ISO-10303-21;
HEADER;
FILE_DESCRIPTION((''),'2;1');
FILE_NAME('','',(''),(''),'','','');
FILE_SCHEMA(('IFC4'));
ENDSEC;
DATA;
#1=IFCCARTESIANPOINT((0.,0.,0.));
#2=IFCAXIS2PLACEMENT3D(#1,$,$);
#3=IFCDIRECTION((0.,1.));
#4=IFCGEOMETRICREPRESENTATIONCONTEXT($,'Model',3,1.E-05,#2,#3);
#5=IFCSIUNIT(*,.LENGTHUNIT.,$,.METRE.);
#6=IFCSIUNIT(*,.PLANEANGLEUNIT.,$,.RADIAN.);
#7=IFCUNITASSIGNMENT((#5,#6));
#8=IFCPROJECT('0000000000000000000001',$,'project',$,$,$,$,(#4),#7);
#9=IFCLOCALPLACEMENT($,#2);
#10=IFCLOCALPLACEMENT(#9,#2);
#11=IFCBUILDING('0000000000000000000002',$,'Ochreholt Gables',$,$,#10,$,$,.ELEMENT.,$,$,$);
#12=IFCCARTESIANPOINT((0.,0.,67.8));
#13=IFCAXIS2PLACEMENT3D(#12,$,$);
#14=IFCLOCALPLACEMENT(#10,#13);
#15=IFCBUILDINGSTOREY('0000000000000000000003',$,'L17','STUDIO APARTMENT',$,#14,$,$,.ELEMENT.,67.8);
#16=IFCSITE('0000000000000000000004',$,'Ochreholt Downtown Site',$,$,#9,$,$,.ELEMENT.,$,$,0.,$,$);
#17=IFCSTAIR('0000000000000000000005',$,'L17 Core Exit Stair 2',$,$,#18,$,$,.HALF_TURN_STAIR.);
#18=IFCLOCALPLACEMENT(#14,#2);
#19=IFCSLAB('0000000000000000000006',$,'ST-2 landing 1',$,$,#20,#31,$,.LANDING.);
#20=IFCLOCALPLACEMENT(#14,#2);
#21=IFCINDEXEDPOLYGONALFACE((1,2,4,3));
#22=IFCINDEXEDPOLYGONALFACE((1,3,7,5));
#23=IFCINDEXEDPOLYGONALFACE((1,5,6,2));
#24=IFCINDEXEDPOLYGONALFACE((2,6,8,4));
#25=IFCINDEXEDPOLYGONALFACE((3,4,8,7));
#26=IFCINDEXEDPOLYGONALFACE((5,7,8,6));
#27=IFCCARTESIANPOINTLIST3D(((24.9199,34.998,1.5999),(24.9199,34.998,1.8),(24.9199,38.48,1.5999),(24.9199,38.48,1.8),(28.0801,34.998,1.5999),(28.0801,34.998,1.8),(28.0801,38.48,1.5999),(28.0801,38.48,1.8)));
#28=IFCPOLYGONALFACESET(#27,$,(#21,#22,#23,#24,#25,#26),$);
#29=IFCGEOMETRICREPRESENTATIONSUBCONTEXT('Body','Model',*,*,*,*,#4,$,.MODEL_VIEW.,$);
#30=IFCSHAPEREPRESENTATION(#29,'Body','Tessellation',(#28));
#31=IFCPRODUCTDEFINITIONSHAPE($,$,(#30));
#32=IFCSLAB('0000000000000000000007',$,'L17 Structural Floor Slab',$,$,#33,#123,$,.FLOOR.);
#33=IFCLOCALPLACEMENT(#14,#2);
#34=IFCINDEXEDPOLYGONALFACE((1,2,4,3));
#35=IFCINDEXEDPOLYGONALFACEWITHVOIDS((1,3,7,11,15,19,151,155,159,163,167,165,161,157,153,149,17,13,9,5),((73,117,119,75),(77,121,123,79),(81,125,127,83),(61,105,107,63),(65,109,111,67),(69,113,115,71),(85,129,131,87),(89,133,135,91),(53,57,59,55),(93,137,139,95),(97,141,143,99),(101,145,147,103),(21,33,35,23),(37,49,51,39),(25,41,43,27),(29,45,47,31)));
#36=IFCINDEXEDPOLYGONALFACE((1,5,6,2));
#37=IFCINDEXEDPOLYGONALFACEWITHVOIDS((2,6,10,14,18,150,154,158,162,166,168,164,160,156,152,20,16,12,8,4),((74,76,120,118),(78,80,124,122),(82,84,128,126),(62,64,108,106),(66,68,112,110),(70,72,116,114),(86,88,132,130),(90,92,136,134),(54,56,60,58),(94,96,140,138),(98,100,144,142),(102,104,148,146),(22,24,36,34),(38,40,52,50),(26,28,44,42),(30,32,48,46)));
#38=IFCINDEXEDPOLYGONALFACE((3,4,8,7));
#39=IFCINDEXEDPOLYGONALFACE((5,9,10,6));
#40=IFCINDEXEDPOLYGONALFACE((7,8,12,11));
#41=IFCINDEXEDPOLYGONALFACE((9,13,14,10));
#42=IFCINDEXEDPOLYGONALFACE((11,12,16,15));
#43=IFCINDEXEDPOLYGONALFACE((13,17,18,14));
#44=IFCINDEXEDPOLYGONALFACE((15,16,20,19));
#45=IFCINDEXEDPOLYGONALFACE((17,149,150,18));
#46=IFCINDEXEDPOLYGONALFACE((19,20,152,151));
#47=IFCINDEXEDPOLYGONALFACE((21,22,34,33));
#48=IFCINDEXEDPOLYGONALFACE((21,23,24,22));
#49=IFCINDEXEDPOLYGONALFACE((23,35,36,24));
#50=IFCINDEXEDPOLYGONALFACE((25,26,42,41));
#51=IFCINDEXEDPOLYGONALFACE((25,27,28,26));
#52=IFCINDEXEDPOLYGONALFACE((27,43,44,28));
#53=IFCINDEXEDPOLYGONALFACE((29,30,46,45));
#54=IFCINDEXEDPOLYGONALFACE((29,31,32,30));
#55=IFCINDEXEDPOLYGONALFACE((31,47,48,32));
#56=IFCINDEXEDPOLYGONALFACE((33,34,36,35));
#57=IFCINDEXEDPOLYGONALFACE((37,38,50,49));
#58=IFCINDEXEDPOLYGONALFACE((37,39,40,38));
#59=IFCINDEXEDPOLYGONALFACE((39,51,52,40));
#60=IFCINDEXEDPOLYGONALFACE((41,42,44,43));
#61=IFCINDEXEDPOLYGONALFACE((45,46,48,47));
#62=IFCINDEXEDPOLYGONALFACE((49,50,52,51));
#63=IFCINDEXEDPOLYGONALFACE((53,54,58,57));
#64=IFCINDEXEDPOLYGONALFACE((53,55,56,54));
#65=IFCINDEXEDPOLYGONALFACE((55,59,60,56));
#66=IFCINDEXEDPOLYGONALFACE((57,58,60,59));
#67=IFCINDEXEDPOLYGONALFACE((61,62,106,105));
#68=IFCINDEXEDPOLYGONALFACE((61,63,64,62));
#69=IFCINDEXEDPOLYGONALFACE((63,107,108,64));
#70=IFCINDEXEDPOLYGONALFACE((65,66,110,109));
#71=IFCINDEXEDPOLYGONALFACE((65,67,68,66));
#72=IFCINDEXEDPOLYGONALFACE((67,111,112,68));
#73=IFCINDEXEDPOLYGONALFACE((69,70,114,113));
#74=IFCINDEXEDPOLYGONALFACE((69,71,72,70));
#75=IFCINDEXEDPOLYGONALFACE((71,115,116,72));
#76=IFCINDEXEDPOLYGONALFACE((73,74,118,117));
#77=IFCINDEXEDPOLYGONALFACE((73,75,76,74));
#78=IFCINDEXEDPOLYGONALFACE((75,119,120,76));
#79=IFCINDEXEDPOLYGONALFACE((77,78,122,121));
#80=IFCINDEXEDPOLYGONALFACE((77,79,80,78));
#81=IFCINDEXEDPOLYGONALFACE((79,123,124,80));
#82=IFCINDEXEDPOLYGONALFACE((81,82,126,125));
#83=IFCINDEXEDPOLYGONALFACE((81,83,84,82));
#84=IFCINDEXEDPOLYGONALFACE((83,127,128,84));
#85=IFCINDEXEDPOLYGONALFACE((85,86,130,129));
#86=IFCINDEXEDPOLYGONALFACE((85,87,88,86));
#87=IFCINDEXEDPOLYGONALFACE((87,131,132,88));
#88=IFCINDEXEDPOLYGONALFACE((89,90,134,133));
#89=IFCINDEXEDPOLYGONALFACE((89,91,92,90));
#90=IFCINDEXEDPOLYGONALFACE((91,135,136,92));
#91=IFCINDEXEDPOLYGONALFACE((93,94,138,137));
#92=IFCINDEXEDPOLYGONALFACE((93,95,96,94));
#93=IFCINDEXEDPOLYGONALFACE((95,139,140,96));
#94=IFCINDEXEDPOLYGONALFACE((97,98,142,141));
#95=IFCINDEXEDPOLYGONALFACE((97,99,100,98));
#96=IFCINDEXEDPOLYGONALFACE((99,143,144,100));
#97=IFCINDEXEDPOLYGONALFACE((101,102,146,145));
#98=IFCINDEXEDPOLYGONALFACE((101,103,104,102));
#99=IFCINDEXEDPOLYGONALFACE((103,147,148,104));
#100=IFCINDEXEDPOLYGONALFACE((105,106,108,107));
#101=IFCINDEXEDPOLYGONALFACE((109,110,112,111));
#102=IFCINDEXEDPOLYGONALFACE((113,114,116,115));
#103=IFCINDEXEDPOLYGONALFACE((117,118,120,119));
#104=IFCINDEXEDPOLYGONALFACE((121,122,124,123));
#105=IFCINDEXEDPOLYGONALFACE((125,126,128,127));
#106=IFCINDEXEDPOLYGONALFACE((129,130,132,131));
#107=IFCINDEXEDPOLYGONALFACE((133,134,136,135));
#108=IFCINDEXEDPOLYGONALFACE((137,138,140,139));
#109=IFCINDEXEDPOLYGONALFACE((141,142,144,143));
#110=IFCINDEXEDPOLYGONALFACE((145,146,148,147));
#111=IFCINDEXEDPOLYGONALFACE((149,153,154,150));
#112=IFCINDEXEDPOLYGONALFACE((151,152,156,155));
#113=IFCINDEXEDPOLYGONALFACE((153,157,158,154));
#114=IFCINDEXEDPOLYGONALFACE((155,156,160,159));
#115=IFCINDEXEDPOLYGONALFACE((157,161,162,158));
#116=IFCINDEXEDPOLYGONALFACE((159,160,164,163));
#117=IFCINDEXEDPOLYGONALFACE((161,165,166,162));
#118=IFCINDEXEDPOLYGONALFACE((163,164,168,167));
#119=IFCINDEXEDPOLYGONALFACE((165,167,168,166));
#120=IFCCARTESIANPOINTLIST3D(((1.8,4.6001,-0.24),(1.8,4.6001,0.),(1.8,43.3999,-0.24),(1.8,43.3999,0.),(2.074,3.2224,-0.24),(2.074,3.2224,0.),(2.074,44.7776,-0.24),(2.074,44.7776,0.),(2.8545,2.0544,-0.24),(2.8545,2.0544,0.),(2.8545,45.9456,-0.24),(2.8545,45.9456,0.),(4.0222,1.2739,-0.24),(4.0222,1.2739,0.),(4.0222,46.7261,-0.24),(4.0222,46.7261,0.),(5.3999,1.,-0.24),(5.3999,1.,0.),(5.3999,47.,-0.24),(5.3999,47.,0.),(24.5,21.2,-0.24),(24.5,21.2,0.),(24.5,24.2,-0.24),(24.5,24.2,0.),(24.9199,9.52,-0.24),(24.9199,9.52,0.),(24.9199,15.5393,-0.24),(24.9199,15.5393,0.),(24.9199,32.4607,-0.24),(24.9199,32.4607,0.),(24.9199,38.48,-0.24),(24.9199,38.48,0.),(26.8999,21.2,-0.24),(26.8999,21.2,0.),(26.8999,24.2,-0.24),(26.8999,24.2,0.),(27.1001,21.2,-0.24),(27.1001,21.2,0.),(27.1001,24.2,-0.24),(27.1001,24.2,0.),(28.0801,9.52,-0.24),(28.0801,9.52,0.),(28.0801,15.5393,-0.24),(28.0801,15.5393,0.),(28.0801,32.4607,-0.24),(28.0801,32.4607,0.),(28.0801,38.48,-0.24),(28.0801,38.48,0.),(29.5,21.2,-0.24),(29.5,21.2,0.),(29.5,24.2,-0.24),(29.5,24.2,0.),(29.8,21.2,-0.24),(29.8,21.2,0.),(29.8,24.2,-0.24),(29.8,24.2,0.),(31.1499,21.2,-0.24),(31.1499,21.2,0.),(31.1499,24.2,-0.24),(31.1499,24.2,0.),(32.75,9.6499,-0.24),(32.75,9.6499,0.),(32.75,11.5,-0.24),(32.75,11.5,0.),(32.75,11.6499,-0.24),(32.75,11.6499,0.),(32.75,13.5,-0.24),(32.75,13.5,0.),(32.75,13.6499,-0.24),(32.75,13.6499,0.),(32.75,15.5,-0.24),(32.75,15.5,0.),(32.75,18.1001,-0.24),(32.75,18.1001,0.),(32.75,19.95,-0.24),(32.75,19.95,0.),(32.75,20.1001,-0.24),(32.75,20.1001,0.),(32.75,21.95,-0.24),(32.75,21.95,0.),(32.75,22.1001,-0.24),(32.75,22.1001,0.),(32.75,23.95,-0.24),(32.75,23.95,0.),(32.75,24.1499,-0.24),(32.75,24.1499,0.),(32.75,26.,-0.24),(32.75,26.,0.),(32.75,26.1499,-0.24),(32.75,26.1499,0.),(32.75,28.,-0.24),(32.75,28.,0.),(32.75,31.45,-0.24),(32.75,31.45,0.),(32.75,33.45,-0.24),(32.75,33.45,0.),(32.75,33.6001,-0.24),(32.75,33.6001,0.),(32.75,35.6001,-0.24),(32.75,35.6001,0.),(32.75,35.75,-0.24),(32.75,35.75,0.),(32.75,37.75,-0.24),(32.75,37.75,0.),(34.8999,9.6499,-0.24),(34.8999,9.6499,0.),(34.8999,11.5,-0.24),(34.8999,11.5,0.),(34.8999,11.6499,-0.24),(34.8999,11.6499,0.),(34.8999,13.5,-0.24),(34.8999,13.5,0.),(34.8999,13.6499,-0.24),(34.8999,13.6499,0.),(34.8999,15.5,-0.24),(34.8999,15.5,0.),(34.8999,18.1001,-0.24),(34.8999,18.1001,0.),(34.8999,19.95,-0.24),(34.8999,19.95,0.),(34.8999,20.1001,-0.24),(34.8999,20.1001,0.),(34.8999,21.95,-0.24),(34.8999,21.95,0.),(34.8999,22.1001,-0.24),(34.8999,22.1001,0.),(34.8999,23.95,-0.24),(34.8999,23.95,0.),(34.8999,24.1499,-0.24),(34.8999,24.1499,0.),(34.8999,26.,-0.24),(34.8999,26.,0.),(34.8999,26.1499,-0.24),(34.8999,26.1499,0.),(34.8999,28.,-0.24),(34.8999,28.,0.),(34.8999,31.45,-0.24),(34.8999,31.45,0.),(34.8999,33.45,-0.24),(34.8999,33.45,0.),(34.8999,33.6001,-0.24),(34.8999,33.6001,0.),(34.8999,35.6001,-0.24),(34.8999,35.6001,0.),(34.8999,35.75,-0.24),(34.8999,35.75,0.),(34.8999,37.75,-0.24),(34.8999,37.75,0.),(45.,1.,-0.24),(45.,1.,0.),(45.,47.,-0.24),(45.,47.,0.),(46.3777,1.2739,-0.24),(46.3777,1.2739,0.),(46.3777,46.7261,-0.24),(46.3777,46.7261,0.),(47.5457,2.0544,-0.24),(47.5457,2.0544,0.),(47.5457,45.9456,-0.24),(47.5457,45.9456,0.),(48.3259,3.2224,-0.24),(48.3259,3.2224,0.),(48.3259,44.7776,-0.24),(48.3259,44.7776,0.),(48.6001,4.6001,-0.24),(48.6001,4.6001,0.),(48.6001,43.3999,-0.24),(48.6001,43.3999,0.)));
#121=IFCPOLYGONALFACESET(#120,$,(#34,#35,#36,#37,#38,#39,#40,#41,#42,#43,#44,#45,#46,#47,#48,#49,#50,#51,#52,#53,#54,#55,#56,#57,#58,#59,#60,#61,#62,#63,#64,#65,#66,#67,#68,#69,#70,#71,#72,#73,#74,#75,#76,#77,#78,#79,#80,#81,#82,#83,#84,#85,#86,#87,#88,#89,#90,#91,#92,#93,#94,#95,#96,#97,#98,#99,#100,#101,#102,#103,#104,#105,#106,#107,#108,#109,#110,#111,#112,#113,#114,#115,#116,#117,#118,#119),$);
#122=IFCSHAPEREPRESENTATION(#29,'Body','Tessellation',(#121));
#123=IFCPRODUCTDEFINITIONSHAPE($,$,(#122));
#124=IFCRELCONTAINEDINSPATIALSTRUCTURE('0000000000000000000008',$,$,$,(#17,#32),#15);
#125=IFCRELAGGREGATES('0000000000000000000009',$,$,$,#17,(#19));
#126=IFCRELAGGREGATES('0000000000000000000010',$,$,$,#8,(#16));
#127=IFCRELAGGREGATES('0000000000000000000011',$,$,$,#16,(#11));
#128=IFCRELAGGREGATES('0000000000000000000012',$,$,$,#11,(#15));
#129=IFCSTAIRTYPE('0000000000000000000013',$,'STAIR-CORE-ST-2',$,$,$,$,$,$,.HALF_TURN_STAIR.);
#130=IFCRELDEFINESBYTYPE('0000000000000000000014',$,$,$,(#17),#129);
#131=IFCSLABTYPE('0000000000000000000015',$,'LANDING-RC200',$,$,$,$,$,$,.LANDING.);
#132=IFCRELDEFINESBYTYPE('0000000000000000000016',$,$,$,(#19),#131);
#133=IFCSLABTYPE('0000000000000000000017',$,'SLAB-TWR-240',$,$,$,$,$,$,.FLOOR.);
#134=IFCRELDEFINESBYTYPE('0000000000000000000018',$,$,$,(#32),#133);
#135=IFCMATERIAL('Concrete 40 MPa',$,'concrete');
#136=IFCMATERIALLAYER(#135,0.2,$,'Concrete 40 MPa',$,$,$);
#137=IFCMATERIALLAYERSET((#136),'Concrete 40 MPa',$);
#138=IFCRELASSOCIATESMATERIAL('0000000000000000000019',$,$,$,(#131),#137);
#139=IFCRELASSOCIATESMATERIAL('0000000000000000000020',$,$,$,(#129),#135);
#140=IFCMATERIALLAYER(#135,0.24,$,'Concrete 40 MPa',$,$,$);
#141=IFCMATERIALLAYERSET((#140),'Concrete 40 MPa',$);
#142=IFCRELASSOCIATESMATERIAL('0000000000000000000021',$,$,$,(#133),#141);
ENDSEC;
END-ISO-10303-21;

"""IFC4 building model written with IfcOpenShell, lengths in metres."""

from ifc_helpers import new_model, si_unit, direction, frame, origin, place, context, subcontext, project, spatial, polyline, outline, extrude, material, layer, layer_set, type_object, element, aggregate, save


model = new_model("IFC4")

# Units and contexts
model_context = context("Model", 3, precision=1e-05, world=origin(), true_north=direction((0.0, 1.0)))
body_context = subcontext(model_context, "Body", "Model", "MODEL_VIEW")
ifc_project = project(units=[si_unit("LENGTHUNIT", "METRE"), si_unit("PLANEANGLEUNIT", "RADIAN")], contexts=[model_context])

# Site, building, storey
site_placement = place(None, origin())
site = spatial("IfcSite", under=ifc_project, at=site_placement, Name="Ochreholt Downtown Site", CompositionType="ELEMENT", RefElevation=0.0)
building_placement = place(site_placement, origin())
building = spatial("IfcBuilding", under=site, at=building_placement, Name="Ochreholt Gables", CompositionType="ELEMENT")
storey_placement = place(building_placement, frame((0.0, 0.0, 67.8)))
storey = spatial("IfcBuildingStorey", under=building, at=storey_placement, Name="L17", Description="STUDIO APARTMENT", CompositionType="ELEMENT", Elevation=67.8)

# Stair, slab
ifc_material_1 = material(Name="Concrete 40 MPa", Category="concrete")
ifc_layer_1 = layer(ifc_material_1, 0.2, Name="Concrete 40 MPa")
ifc_layer_set_1 = layer_set([ifc_layer_1], Name="Concrete 40 MPa")
slab_type_1 = type_object("IfcSlabType", Name="LANDING-RC200", PredefinedType="LANDING", material=ifc_layer_set_1)
stair_type_1 = type_object("IfcStairType", Name="STAIR-CORE-ST-2", PredefinedType="HALF_TURN_STAIR", material=ifc_material_1)
stair_1_placement = place(storey_placement, origin())
stair_1 = element("IfcStair", 1, at=stair_1_placement, inside=storey, type_object=stair_type_1, Name="L17 Core Exit Stair 2", PredefinedType="HALF_TURN_STAIR")
slab_1_placement = place(storey_placement, frame((0.0, 0.0, 1.5999)))
slab_1 = element("IfcSlab", 2, at=slab_1_placement, type_object=slab_type_1, Name="ST-2 landing 1", PredefinedType="LANDING", context=body_context, shape_type="SweptSolid", body=[
    extrude(outline(polyline([(28.0801, 34.998), (28.0801, 38.48), (24.9199, 38.48), (24.9199, 34.998), (28.0801, 34.998)])), origin(), (0.0, 0.0, 1.0), 0.2002),
])
aggregate(stair_1, [slab_1])

# Slab
ifc_layer_2 = layer(ifc_material_1, 0.24, Name="Concrete 40 MPa")
ifc_layer_set_2 = layer_set([ifc_layer_2], Name="Concrete 40 MPa")
slab_type_2 = type_object("IfcSlabType", Name="SLAB-TWR-240", PredefinedType="FLOOR", material=ifc_layer_set_2)
slab_2_placement = place(storey_placement, frame((0.0, 0.0, -0.24)))
element("IfcSlab", 3, at=slab_2_placement, inside=storey, type_object=slab_type_2, Name="L17 Structural Floor Slab", PredefinedType="FLOOR", context=body_context, shape_type="SweptSolid", body=[
    extrude(outline(polyline([(1.8, 4.6001), (2.074, 3.2224), (2.8545, 2.0544), (4.0222, 1.2739), (5.3999, 1.0), (45.0, 1.0), (46.3777, 1.2739), (47.5457, 2.0544), (48.3259, 3.2224), (48.6001, 4.6001), (48.6001, 43.3999), (48.3259, 44.7776), (47.5457, 45.9456), (46.3777, 46.7261), (45.0, 47.0), (5.3999, 47.0), (4.0222, 46.7261), (2.8545, 45.9456), (2.074, 44.7776), (1.8, 43.3999), (1.8, 4.6001)]), holes=[polyline([(24.9199, 15.5393), (24.9199, 9.52), (28.0801, 9.52), (28.0801, 15.5393), (24.9199, 15.5393)]), polyline([(28.0801, 32.4607), (28.0801, 38.48), (24.9199, 38.48), (24.9199, 32.4607), (28.0801, 32.4607)]), polyline([(24.5, 21.2), (26.8999, 21.2), (26.8999, 24.2), (24.5, 24.2), (24.5, 21.2)]), polyline([(27.1001, 21.2), (29.5, 21.2), (29.5, 24.2), (27.1001, 24.2), (27.1001, 21.2)]), polyline([(32.75, 9.6499), (34.8999, 9.6499), (34.8999, 11.5), (32.75, 11.5), (32.75, 9.6499)]), polyline([(32.75, 11.6499), (34.8999, 11.6499), (34.8999, 13.5), (32.75, 13.5), (32.75, 11.6499)]), polyline([(32.75, 13.6499), (34.8999, 13.6499), (34.8999, 15.5), (32.75, 15.5), (32.75, 13.6499)]), polyline([(32.75, 18.1001), (34.8999, 18.1001), (34.8999, 19.95), (32.75, 19.95), (32.75, 18.1001)]), polyline([(32.75, 20.1001), (34.8999, 20.1001), (34.8999, 21.95), (32.75, 21.95), (32.75, 20.1001)]), polyline([(32.75, 22.1001), (34.8999, 22.1001), (34.8999, 23.95), (32.75, 23.95), (32.75, 22.1001)]), polyline([(32.75, 24.1499), (34.8999, 24.1499), (34.8999, 26.0), (32.75, 26.0), (32.75, 24.1499)]), polyline([(32.75, 26.1499), (34.8999, 26.1499), (34.8999, 28.0), (32.75, 28.0), (32.75, 26.1499)]), polyline([(32.75, 31.45), (34.8999, 31.45), (34.8999, 33.45), (32.75, 33.45), (32.75, 31.45)]), polyline([(32.75, 33.6001), (34.8999, 33.6001), (34.8999, 35.6001), (32.75, 35.6001), (32.75, 33.6001)]), polyline([(32.75, 35.75), (34.8999, 35.75), (34.8999, 37.75), (32.75, 37.75), (32.75, 35.75)]), polyline([(29.8, 21.2), (31.1499, 21.2), (31.1499, 24.2), (29.8, 24.2), (29.8, 21.2)])]), origin(), (0.0, 0.0, 1.0), 0.24),
])

save(model, "model.ifc")
